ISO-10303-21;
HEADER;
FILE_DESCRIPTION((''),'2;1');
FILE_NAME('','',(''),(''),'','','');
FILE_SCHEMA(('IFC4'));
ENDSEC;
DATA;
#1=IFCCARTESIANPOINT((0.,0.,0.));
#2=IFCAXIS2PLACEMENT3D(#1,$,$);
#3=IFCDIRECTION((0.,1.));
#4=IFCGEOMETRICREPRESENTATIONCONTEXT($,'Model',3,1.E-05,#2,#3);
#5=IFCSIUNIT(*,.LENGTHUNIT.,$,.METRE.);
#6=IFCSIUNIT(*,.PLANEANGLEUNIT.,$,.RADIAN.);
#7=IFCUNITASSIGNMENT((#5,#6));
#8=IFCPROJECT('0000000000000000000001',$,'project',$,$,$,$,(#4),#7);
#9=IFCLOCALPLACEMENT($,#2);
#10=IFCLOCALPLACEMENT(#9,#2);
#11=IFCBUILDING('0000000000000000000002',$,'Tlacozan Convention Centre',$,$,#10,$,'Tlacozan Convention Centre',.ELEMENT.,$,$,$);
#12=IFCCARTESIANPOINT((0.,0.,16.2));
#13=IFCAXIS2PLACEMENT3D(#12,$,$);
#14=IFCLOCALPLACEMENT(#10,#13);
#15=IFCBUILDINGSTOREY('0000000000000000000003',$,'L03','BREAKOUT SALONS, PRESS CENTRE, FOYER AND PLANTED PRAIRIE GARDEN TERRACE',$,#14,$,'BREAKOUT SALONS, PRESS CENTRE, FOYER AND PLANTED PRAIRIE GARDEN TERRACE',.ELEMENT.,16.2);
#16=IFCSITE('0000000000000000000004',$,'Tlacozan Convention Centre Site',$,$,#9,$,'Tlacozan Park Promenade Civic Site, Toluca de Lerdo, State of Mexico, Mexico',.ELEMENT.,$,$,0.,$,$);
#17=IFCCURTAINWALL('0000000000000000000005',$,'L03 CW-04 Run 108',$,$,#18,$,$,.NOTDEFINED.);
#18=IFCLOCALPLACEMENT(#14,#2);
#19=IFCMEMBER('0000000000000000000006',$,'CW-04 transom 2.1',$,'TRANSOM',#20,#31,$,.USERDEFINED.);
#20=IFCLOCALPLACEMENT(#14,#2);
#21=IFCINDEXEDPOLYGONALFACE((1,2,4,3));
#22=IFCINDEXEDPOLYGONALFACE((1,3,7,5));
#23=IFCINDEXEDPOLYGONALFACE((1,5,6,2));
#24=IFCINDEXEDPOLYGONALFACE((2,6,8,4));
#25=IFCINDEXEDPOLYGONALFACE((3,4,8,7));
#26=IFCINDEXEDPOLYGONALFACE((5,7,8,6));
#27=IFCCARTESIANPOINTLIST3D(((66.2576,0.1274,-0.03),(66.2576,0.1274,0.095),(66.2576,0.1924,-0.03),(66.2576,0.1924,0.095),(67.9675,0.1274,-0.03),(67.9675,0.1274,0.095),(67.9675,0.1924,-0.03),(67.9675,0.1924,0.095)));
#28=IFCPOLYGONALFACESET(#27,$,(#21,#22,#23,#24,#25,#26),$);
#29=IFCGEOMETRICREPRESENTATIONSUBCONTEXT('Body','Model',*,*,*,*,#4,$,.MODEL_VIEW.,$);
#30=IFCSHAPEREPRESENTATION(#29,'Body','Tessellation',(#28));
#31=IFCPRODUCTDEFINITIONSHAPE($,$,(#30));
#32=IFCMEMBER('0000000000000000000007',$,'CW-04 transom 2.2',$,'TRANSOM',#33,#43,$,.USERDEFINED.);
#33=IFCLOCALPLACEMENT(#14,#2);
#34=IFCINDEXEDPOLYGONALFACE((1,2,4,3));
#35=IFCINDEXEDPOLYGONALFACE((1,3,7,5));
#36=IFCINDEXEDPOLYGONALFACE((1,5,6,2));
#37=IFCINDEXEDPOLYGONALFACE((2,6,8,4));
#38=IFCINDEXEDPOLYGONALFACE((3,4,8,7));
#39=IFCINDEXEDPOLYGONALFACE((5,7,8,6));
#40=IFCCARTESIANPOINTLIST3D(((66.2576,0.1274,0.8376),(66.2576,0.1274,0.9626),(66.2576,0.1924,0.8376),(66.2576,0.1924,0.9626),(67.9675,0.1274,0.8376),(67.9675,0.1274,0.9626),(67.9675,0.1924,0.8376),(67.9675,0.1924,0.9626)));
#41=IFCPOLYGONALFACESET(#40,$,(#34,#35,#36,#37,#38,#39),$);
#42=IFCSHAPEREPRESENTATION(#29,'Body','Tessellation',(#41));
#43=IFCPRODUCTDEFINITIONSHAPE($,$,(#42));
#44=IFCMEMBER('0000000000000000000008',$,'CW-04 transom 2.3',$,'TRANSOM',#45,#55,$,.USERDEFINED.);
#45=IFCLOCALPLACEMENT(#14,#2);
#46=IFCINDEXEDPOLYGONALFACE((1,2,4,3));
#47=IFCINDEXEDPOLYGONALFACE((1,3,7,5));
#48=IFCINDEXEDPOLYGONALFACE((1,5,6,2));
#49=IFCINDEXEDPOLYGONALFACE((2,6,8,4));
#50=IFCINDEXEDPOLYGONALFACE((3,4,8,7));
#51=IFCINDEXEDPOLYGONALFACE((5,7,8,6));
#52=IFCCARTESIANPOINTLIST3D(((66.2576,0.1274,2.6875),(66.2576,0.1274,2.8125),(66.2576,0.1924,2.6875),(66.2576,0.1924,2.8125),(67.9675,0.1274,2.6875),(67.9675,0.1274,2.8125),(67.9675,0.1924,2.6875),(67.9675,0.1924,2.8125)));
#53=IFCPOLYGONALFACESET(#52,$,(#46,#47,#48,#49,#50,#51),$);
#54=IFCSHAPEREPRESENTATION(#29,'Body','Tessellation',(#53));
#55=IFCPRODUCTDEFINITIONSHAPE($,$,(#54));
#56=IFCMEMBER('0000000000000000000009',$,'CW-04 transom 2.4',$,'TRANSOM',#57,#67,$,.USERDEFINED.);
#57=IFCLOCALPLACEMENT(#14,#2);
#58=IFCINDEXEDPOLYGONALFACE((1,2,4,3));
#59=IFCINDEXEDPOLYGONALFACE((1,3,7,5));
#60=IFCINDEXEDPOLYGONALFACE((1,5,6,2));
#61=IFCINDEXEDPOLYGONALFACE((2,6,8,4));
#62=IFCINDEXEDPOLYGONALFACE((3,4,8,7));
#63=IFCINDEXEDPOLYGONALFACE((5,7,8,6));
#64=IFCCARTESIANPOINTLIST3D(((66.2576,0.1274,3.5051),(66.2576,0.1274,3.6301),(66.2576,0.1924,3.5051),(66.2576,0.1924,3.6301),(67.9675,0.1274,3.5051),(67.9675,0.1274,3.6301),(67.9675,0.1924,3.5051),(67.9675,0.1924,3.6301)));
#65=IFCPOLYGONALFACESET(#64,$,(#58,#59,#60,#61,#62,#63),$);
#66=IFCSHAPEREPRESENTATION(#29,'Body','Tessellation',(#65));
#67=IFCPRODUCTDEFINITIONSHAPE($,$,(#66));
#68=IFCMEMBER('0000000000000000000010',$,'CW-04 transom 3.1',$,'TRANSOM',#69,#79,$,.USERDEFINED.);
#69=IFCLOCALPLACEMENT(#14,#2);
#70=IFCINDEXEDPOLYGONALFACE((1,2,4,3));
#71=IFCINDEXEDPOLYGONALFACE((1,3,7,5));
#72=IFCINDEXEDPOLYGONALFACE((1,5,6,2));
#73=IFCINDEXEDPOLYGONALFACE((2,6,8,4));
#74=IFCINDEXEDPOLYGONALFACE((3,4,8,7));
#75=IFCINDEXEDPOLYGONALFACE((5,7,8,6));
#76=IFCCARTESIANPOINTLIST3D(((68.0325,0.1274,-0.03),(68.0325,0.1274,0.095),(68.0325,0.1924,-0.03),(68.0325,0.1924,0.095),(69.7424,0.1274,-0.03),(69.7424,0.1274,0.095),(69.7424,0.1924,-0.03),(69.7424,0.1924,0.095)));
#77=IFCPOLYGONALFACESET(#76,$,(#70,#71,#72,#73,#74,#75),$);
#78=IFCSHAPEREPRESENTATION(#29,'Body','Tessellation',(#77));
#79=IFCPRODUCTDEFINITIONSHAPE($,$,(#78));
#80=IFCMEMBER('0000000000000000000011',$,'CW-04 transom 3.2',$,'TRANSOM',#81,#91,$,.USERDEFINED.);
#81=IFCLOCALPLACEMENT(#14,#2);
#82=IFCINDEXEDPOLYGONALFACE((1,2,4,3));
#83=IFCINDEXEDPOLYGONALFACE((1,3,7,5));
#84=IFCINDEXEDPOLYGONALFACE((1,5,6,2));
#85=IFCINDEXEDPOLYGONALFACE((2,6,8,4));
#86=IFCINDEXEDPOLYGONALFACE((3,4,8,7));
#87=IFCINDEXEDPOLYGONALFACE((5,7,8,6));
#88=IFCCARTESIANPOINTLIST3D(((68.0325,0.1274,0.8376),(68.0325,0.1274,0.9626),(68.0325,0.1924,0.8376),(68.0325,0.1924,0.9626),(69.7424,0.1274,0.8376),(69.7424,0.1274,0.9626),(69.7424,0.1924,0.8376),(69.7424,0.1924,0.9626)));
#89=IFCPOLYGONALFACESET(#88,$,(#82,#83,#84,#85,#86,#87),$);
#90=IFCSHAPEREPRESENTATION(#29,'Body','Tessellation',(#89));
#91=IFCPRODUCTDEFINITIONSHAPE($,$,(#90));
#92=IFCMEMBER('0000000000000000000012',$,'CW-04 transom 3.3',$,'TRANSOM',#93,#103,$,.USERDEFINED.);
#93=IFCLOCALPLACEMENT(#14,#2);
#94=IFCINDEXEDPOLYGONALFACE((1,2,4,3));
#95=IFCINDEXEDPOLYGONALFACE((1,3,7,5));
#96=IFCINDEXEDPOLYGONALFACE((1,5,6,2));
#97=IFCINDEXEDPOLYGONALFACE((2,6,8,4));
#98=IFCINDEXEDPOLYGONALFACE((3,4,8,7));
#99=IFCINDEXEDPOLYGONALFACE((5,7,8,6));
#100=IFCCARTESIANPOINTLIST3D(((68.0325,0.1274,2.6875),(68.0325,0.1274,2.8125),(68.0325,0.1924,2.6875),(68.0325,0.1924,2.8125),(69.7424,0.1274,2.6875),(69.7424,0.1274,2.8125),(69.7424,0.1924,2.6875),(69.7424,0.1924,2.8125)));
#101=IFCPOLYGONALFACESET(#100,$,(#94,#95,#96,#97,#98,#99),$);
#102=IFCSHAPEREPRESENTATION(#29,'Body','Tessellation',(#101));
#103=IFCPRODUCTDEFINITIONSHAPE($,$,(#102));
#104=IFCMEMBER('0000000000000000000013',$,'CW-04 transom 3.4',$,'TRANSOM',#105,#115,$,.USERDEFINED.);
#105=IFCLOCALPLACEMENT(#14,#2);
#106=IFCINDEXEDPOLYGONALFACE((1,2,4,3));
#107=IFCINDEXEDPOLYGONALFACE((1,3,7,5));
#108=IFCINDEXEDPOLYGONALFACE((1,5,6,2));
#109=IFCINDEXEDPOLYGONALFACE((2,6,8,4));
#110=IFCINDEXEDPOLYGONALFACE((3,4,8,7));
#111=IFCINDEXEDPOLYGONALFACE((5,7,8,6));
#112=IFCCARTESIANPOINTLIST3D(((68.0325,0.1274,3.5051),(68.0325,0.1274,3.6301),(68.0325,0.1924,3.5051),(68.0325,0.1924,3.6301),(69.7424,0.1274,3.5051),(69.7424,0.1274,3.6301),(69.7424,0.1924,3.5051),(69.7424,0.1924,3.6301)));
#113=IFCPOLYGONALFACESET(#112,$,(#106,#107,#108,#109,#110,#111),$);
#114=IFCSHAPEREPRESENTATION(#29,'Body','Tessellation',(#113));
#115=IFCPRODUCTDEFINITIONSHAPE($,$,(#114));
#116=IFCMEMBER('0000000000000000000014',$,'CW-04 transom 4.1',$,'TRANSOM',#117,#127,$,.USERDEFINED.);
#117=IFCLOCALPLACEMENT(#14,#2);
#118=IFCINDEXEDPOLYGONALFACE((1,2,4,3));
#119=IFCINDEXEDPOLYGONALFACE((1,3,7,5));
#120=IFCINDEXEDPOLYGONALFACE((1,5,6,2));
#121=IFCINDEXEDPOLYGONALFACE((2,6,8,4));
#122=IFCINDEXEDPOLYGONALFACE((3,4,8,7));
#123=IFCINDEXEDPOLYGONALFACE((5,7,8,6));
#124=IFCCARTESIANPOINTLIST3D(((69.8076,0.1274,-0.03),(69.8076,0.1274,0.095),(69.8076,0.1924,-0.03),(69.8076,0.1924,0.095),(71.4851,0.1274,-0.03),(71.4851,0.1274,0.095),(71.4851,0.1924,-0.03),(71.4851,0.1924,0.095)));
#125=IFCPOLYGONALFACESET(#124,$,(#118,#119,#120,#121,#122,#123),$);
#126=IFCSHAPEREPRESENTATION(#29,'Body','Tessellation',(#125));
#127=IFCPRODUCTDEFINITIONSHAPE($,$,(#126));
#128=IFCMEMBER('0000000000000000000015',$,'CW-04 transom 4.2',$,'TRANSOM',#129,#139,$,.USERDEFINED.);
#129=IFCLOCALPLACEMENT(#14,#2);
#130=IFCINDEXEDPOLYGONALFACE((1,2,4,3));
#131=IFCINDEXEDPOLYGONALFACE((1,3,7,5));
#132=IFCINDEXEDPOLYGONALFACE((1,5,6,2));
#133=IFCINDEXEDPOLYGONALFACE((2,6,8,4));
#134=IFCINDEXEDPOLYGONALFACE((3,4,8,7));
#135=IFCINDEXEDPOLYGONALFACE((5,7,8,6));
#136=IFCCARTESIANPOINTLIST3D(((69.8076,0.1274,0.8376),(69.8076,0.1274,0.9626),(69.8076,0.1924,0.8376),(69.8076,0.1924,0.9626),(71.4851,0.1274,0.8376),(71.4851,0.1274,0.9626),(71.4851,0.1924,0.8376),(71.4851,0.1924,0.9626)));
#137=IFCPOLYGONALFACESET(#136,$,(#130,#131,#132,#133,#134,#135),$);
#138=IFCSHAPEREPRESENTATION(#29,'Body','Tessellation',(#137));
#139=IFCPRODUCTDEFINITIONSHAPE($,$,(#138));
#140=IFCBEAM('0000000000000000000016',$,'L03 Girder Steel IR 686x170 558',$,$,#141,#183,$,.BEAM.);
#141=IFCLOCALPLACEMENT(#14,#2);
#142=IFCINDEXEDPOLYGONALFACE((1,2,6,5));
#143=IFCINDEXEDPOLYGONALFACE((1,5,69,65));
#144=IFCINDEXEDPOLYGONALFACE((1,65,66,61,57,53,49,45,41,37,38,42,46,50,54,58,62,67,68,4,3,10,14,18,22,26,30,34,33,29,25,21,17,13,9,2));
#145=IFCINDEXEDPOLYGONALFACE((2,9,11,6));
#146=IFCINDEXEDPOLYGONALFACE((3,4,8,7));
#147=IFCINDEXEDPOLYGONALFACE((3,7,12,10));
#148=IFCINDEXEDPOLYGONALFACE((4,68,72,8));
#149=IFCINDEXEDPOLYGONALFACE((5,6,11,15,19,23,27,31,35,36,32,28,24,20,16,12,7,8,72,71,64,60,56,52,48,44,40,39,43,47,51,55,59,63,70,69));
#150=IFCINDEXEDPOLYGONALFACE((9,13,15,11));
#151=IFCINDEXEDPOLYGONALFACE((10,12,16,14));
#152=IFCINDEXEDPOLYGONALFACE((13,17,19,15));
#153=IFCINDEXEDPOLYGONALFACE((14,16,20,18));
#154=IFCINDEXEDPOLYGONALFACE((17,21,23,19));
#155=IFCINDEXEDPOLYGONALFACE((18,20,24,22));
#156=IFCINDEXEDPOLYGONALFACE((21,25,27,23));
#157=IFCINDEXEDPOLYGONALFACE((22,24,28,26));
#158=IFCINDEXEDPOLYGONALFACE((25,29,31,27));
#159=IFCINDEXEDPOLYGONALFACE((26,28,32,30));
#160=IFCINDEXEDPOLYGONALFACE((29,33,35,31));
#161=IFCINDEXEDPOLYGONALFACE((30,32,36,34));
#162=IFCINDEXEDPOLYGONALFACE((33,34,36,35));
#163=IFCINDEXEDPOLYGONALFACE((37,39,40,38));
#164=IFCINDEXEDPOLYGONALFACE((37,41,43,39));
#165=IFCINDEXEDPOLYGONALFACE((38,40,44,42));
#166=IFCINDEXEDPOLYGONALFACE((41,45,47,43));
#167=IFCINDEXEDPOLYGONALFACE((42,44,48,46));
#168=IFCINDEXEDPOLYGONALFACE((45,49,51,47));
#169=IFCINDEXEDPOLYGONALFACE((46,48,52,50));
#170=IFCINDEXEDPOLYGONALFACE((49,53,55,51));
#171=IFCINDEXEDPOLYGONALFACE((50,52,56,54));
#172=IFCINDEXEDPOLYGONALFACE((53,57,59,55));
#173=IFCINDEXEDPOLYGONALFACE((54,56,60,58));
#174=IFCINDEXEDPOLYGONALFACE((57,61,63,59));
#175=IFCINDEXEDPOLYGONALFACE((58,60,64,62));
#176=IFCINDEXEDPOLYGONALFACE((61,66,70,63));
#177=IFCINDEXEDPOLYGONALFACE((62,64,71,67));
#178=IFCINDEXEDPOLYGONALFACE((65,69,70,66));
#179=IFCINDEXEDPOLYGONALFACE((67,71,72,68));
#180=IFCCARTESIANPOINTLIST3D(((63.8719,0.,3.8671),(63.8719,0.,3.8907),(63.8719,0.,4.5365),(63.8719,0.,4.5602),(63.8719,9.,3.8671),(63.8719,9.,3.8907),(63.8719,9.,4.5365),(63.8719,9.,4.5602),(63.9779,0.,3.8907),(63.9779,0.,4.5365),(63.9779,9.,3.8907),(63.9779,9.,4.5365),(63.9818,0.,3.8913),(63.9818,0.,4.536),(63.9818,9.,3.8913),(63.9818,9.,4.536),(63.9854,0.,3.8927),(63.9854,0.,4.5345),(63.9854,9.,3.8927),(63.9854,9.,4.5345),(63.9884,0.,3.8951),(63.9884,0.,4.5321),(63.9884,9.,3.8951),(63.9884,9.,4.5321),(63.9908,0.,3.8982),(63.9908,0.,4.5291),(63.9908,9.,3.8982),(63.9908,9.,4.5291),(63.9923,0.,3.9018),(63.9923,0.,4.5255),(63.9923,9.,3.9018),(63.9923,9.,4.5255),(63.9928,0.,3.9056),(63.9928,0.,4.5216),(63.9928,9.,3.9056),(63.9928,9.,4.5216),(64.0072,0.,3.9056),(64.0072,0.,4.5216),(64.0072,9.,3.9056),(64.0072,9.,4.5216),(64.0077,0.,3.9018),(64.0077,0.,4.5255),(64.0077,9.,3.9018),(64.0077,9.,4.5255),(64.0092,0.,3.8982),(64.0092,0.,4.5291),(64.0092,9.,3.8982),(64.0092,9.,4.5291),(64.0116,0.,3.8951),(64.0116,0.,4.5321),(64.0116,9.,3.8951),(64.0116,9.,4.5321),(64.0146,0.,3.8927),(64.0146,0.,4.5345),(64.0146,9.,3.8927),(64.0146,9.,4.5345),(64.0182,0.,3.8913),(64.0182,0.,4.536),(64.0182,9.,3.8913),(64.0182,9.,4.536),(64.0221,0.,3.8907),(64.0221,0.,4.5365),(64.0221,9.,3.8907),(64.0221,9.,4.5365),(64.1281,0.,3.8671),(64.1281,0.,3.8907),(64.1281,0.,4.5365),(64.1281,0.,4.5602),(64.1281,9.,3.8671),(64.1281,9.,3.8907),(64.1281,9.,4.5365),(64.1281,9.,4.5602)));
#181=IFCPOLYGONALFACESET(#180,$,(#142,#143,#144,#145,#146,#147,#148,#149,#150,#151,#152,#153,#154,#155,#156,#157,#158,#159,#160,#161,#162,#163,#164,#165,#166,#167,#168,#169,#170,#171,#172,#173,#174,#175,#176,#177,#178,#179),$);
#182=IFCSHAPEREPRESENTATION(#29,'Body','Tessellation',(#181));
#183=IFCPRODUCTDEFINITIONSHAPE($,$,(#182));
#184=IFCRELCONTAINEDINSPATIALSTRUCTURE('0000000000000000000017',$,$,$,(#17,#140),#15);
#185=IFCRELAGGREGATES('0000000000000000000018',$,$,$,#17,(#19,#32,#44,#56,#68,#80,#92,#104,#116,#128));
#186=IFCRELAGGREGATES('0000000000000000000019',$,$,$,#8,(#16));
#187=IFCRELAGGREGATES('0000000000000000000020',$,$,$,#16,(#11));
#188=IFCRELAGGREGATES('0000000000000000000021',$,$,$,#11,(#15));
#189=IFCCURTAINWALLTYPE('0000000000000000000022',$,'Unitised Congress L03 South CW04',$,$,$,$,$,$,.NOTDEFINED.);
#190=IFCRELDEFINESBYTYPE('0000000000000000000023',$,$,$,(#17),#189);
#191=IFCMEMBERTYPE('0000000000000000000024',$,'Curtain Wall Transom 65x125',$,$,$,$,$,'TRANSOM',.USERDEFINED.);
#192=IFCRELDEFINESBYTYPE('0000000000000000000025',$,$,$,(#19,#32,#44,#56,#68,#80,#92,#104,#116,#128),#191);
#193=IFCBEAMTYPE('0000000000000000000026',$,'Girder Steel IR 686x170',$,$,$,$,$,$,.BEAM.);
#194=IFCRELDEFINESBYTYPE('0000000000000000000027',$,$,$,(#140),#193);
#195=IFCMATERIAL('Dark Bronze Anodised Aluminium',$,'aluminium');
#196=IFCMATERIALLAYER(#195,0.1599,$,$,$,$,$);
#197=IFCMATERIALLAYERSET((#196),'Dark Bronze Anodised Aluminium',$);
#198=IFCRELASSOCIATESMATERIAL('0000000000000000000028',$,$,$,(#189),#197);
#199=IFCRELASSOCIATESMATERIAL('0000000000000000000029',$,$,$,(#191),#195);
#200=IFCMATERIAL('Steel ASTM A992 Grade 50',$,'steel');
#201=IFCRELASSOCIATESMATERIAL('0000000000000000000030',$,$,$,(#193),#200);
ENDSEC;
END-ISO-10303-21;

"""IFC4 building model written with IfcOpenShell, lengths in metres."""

from ifc_helpers import new_model, si_unit, direction, frame, origin, origin_2d, place, context, subcontext, project, spatial, rectangle, i_section, extrude, material, layer, layer_set, material_profile, profile_set, type_object, element, aggregate, save


model = new_model("IFC4")

# Units and contexts
model_context = context("Model", 3, precision=1e-05, world=origin(), true_north=direction((0.0, 1.0)))
body_context = subcontext(model_context, "Body", "Model", "MODEL_VIEW")
ifc_project = project(units=[si_unit("LENGTHUNIT", "METRE"), si_unit("PLANEANGLEUNIT", "RADIAN")], contexts=[model_context])

# Site, building, storey
site_placement = place(None, origin())
site = spatial("IfcSite", under=ifc_project, at=site_placement, Name="Tlacozan Convention Centre Site", LongName="Tlacozan Park Promenade Civic Site, Toluca de Lerdo, State of Mexico, Mexico", CompositionType="ELEMENT", RefElevation=0.0)
building_placement = place(site_placement, origin())
building = spatial("IfcBuilding", under=site, at=building_placement, Name="Tlacozan Convention Centre", LongName="Tlacozan Convention Centre", CompositionType="ELEMENT")
storey_placement = place(building_placement, frame((0.0, 0.0, 16.2)))
storey = spatial("IfcBuildingStorey", under=building, at=storey_placement, Name="L03", Description="BREAKOUT SALONS, PRESS CENTRE, FOYER AND PLANTED PRAIRIE GARDEN TERRACE", LongName="BREAKOUT SALONS, PRESS CENTRE, FOYER AND PLANTED PRAIRIE GARDEN TERRACE", CompositionType="ELEMENT", Elevation=16.2)

# Shared definitions
ifc_material_1 = material(Name="Dark Bronze Anodised Aluminium", Category="aluminium")
ifc_layer_1 = layer(ifc_material_1, 0.1599)
ifc_layer_set_1 = layer_set([ifc_layer_1], Name="Dark Bronze Anodised Aluminium")
curtain_wall_type = type_object("IfcCurtainWallType", Name="Unitised Congress L03 South CW04", PredefinedType="NOTDEFINED", material=ifc_layer_set_1)

# Curtain wall
curtain_wall_1_placement = place(storey_placement, origin())
curtain_wall_1 = element("IfcCurtainWall", 1, at=curtain_wall_1_placement, inside=storey, type_object=curtain_wall_type, Name="L03 CW-04 Run 108", PredefinedType="NOTDEFINED")

# Members
ifc_material_profile_1 = material_profile(ifc_material_1, rectangle(XDim=0.0649, YDim=0.125, at=origin_2d()), Name="ALU 65x125")
ifc_profile_set_1 = profile_set([ifc_material_profile_1], Name="Dark Bronze Anodised Aluminium")
member_type_1 = type_object("IfcMemberType", Name="Curtain Wall Transom 65x125", ElementType="TRANSOM", PredefinedType="USERDEFINED", material=ifc_profile_set_1)
member_1_placement = place(storey_placement, frame((66.2576, 0.1599, 0.0325), z_axis=(1.0, 0.0, 0.0), x_axis=(0.0, 1.0, 0.0)))
member_1 = element("IfcMember", 2, at=member_1_placement, type_object=member_type_1, Name="CW-04 transom 2.1", ObjectType="TRANSOM", PredefinedType="USERDEFINED", context=body_context, shape_type="SweptSolid", body=[
    extrude(rectangle(XDim=0.0649, YDim=0.125, at=origin_2d()), origin(), (0.0, 0.0, 1.0), 1.71),
])
member_2_placement = place(storey_placement, frame((66.2576, 0.1599, 0.9001), z_axis=(1.0, 0.0, 0.0), x_axis=(0.0, 1.0, 0.0)))
member_2 = element("IfcMember", 3, at=member_2_placement, type_object=member_type_1, Name="CW-04 transom 2.2", ObjectType="TRANSOM", PredefinedType="USERDEFINED", context=body_context, shape_type="SweptSolid", body=[
    extrude(rectangle(XDim=0.0649, YDim=0.125, at=origin_2d()), origin(), (0.0, 0.0, 1.0), 1.71),
])
member_3_placement = place(storey_placement, frame((66.2576, 0.1599, 2.75), z_axis=(1.0, 0.0, 0.0), x_axis=(0.0, 1.0, 0.0)))
member_3 = element("IfcMember", 4, at=member_3_placement, type_object=member_type_1, Name="CW-04 transom 2.3", ObjectType="TRANSOM", PredefinedType="USERDEFINED", context=body_context, shape_type="SweptSolid", body=[
    extrude(rectangle(XDim=0.0649, YDim=0.125, at=origin_2d()), origin(), (0.0, 0.0, 1.0), 1.71),
])
member_4_placement = place(storey_placement, frame((66.2576, 0.1599, 3.5676), z_axis=(1.0, 0.0, 0.0), x_axis=(0.0, 1.0, 0.0)))
member_4 = element("IfcMember", 5, at=member_4_placement, type_object=member_type_1, Name="CW-04 transom 2.4", ObjectType="TRANSOM", PredefinedType="USERDEFINED", context=body_context, shape_type="SweptSolid", body=[
    extrude(rectangle(XDim=0.0649, YDim=0.125, at=origin_2d()), origin(), (0.0, 0.0, 1.0), 1.71),
])
member_5_placement = place(storey_placement, frame((68.0325, 0.1599, 0.0325), z_axis=(1.0, 0.0, 0.0), x_axis=(0.0, 1.0, 0.0)))
member_5 = element("IfcMember", 6, at=member_5_placement, type_object=member_type_1, Name="CW-04 transom 3.1", ObjectType="TRANSOM", PredefinedType="USERDEFINED", context=body_context, shape_type="SweptSolid", body=[
    extrude(rectangle(XDim=0.0649, YDim=0.125, at=origin_2d()), origin(), (0.0, 0.0, 1.0), 1.71),
])
member_6_placement = place(storey_placement, frame((68.0325, 0.1599, 0.9001), z_axis=(1.0, 0.0, 0.0), x_axis=(0.0, 1.0, 0.0)))
member_6 = element("IfcMember", 7, at=member_6_placement, type_object=member_type_1, Name="CW-04 transom 3.2", ObjectType="TRANSOM", PredefinedType="USERDEFINED", context=body_context, shape_type="SweptSolid", body=[
    extrude(rectangle(XDim=0.0649, YDim=0.125, at=origin_2d()), origin(), (0.0, 0.0, 1.0), 1.71),
])
member_7_placement = place(storey_placement, frame((68.0325, 0.1599, 2.75), z_axis=(1.0, 0.0, 0.0), x_axis=(0.0, 1.0, 0.0)))
member_7 = element("IfcMember", 8, at=member_7_placement, type_object=member_type_1, Name="CW-04 transom 3.3", ObjectType="TRANSOM", PredefinedType="USERDEFINED", context=body_context, shape_type="SweptSolid", body=[
    extrude(rectangle(XDim=0.0649, YDim=0.125, at=origin_2d()), origin(), (0.0, 0.0, 1.0), 1.71),
])
member_8_placement = place(storey_placement, frame((68.0325, 0.1599, 3.5676), z_axis=(1.0, 0.0, 0.0), x_axis=(0.0, 1.0, 0.0)))
member_8 = element("IfcMember", 9, at=member_8_placement, type_object=member_type_1, Name="CW-04 transom 3.4", ObjectType="TRANSOM", PredefinedType="USERDEFINED", context=body_context, shape_type="SweptSolid", body=[
    extrude(rectangle(XDim=0.0649, YDim=0.125, at=origin_2d()), origin(), (0.0, 0.0, 1.0), 1.71),
])
member_9_placement = place(storey_placement, frame((69.8076, 0.1599, 0.0325), z_axis=(1.0, 0.0, 0.0), x_axis=(0.0, 1.0, 0.0)))
member_9 = element("IfcMember", 10, at=member_9_placement, type_object=member_type_1, Name="CW-04 transom 4.1", ObjectType="TRANSOM", PredefinedType="USERDEFINED", context=body_context, shape_type="SweptSolid", body=[
    extrude(rectangle(XDim=0.0649, YDim=0.125, at=origin_2d()), origin(), (0.0, 0.0, 1.0), 1.6775),
])
member_10_placement = place(storey_placement, frame((69.8076, 0.1599, 0.9001), z_axis=(1.0, 0.0, 0.0), x_axis=(0.0, 1.0, 0.0)))
member_10 = element("IfcMember", 11, at=member_10_placement, type_object=member_type_1, Name="CW-04 transom 4.2", ObjectType="TRANSOM", PredefinedType="USERDEFINED", context=body_context, shape_type="SweptSolid", body=[
    extrude(rectangle(XDim=0.0649, YDim=0.125, at=origin_2d()), origin(), (0.0, 0.0, 1.0), 1.6775),
])

# Beam
ifc_material_2 = material(Name="Steel ASTM A992 Grade 50", Category="steel")
ifc_material_profile_2 = material_profile(ifc_material_2, i_section(OverallWidth=0.2561, OverallDepth=0.6931, WebThickness=0.0144, FlangeThickness=0.0237, FilletRadius=0.0149, at=origin_2d()), Name="IR 686x170.0")
ifc_profile_set_2 = profile_set([ifc_material_profile_2], Name="Steel ASTM A992 Grade 50")
beam_type_1 = type_object("IfcBeamType", Name="Girder Steel IR 686x170", PredefinedType="BEAM", material=ifc_profile_set_2)
beam_1_placement = place(storey_placement, frame((64.0, 0.0, 4.2136), z_axis=(0.0, 1.0, 0.0), x_axis=(-1.0, 0.0, 0.0)))
element("IfcBeam", 12, at=beam_1_placement, inside=storey, type_object=beam_type_1, Name="L03 Girder Steel IR 686x170 558", PredefinedType="BEAM", context=body_context, shape_type="SweptSolid", body=[
    extrude(i_section(OverallWidth=0.2561, OverallDepth=0.6931, WebThickness=0.0144, FlangeThickness=0.0237, FilletRadius=0.0149, at=origin_2d()), origin(), (0.0, 0.0, 1.0), 9.0),
])

aggregate(curtain_wall_1, [member_1, member_2, member_3, member_4, member_5, member_6, member_7, member_8, member_9, member_10])

save(model, "model.ifc")
